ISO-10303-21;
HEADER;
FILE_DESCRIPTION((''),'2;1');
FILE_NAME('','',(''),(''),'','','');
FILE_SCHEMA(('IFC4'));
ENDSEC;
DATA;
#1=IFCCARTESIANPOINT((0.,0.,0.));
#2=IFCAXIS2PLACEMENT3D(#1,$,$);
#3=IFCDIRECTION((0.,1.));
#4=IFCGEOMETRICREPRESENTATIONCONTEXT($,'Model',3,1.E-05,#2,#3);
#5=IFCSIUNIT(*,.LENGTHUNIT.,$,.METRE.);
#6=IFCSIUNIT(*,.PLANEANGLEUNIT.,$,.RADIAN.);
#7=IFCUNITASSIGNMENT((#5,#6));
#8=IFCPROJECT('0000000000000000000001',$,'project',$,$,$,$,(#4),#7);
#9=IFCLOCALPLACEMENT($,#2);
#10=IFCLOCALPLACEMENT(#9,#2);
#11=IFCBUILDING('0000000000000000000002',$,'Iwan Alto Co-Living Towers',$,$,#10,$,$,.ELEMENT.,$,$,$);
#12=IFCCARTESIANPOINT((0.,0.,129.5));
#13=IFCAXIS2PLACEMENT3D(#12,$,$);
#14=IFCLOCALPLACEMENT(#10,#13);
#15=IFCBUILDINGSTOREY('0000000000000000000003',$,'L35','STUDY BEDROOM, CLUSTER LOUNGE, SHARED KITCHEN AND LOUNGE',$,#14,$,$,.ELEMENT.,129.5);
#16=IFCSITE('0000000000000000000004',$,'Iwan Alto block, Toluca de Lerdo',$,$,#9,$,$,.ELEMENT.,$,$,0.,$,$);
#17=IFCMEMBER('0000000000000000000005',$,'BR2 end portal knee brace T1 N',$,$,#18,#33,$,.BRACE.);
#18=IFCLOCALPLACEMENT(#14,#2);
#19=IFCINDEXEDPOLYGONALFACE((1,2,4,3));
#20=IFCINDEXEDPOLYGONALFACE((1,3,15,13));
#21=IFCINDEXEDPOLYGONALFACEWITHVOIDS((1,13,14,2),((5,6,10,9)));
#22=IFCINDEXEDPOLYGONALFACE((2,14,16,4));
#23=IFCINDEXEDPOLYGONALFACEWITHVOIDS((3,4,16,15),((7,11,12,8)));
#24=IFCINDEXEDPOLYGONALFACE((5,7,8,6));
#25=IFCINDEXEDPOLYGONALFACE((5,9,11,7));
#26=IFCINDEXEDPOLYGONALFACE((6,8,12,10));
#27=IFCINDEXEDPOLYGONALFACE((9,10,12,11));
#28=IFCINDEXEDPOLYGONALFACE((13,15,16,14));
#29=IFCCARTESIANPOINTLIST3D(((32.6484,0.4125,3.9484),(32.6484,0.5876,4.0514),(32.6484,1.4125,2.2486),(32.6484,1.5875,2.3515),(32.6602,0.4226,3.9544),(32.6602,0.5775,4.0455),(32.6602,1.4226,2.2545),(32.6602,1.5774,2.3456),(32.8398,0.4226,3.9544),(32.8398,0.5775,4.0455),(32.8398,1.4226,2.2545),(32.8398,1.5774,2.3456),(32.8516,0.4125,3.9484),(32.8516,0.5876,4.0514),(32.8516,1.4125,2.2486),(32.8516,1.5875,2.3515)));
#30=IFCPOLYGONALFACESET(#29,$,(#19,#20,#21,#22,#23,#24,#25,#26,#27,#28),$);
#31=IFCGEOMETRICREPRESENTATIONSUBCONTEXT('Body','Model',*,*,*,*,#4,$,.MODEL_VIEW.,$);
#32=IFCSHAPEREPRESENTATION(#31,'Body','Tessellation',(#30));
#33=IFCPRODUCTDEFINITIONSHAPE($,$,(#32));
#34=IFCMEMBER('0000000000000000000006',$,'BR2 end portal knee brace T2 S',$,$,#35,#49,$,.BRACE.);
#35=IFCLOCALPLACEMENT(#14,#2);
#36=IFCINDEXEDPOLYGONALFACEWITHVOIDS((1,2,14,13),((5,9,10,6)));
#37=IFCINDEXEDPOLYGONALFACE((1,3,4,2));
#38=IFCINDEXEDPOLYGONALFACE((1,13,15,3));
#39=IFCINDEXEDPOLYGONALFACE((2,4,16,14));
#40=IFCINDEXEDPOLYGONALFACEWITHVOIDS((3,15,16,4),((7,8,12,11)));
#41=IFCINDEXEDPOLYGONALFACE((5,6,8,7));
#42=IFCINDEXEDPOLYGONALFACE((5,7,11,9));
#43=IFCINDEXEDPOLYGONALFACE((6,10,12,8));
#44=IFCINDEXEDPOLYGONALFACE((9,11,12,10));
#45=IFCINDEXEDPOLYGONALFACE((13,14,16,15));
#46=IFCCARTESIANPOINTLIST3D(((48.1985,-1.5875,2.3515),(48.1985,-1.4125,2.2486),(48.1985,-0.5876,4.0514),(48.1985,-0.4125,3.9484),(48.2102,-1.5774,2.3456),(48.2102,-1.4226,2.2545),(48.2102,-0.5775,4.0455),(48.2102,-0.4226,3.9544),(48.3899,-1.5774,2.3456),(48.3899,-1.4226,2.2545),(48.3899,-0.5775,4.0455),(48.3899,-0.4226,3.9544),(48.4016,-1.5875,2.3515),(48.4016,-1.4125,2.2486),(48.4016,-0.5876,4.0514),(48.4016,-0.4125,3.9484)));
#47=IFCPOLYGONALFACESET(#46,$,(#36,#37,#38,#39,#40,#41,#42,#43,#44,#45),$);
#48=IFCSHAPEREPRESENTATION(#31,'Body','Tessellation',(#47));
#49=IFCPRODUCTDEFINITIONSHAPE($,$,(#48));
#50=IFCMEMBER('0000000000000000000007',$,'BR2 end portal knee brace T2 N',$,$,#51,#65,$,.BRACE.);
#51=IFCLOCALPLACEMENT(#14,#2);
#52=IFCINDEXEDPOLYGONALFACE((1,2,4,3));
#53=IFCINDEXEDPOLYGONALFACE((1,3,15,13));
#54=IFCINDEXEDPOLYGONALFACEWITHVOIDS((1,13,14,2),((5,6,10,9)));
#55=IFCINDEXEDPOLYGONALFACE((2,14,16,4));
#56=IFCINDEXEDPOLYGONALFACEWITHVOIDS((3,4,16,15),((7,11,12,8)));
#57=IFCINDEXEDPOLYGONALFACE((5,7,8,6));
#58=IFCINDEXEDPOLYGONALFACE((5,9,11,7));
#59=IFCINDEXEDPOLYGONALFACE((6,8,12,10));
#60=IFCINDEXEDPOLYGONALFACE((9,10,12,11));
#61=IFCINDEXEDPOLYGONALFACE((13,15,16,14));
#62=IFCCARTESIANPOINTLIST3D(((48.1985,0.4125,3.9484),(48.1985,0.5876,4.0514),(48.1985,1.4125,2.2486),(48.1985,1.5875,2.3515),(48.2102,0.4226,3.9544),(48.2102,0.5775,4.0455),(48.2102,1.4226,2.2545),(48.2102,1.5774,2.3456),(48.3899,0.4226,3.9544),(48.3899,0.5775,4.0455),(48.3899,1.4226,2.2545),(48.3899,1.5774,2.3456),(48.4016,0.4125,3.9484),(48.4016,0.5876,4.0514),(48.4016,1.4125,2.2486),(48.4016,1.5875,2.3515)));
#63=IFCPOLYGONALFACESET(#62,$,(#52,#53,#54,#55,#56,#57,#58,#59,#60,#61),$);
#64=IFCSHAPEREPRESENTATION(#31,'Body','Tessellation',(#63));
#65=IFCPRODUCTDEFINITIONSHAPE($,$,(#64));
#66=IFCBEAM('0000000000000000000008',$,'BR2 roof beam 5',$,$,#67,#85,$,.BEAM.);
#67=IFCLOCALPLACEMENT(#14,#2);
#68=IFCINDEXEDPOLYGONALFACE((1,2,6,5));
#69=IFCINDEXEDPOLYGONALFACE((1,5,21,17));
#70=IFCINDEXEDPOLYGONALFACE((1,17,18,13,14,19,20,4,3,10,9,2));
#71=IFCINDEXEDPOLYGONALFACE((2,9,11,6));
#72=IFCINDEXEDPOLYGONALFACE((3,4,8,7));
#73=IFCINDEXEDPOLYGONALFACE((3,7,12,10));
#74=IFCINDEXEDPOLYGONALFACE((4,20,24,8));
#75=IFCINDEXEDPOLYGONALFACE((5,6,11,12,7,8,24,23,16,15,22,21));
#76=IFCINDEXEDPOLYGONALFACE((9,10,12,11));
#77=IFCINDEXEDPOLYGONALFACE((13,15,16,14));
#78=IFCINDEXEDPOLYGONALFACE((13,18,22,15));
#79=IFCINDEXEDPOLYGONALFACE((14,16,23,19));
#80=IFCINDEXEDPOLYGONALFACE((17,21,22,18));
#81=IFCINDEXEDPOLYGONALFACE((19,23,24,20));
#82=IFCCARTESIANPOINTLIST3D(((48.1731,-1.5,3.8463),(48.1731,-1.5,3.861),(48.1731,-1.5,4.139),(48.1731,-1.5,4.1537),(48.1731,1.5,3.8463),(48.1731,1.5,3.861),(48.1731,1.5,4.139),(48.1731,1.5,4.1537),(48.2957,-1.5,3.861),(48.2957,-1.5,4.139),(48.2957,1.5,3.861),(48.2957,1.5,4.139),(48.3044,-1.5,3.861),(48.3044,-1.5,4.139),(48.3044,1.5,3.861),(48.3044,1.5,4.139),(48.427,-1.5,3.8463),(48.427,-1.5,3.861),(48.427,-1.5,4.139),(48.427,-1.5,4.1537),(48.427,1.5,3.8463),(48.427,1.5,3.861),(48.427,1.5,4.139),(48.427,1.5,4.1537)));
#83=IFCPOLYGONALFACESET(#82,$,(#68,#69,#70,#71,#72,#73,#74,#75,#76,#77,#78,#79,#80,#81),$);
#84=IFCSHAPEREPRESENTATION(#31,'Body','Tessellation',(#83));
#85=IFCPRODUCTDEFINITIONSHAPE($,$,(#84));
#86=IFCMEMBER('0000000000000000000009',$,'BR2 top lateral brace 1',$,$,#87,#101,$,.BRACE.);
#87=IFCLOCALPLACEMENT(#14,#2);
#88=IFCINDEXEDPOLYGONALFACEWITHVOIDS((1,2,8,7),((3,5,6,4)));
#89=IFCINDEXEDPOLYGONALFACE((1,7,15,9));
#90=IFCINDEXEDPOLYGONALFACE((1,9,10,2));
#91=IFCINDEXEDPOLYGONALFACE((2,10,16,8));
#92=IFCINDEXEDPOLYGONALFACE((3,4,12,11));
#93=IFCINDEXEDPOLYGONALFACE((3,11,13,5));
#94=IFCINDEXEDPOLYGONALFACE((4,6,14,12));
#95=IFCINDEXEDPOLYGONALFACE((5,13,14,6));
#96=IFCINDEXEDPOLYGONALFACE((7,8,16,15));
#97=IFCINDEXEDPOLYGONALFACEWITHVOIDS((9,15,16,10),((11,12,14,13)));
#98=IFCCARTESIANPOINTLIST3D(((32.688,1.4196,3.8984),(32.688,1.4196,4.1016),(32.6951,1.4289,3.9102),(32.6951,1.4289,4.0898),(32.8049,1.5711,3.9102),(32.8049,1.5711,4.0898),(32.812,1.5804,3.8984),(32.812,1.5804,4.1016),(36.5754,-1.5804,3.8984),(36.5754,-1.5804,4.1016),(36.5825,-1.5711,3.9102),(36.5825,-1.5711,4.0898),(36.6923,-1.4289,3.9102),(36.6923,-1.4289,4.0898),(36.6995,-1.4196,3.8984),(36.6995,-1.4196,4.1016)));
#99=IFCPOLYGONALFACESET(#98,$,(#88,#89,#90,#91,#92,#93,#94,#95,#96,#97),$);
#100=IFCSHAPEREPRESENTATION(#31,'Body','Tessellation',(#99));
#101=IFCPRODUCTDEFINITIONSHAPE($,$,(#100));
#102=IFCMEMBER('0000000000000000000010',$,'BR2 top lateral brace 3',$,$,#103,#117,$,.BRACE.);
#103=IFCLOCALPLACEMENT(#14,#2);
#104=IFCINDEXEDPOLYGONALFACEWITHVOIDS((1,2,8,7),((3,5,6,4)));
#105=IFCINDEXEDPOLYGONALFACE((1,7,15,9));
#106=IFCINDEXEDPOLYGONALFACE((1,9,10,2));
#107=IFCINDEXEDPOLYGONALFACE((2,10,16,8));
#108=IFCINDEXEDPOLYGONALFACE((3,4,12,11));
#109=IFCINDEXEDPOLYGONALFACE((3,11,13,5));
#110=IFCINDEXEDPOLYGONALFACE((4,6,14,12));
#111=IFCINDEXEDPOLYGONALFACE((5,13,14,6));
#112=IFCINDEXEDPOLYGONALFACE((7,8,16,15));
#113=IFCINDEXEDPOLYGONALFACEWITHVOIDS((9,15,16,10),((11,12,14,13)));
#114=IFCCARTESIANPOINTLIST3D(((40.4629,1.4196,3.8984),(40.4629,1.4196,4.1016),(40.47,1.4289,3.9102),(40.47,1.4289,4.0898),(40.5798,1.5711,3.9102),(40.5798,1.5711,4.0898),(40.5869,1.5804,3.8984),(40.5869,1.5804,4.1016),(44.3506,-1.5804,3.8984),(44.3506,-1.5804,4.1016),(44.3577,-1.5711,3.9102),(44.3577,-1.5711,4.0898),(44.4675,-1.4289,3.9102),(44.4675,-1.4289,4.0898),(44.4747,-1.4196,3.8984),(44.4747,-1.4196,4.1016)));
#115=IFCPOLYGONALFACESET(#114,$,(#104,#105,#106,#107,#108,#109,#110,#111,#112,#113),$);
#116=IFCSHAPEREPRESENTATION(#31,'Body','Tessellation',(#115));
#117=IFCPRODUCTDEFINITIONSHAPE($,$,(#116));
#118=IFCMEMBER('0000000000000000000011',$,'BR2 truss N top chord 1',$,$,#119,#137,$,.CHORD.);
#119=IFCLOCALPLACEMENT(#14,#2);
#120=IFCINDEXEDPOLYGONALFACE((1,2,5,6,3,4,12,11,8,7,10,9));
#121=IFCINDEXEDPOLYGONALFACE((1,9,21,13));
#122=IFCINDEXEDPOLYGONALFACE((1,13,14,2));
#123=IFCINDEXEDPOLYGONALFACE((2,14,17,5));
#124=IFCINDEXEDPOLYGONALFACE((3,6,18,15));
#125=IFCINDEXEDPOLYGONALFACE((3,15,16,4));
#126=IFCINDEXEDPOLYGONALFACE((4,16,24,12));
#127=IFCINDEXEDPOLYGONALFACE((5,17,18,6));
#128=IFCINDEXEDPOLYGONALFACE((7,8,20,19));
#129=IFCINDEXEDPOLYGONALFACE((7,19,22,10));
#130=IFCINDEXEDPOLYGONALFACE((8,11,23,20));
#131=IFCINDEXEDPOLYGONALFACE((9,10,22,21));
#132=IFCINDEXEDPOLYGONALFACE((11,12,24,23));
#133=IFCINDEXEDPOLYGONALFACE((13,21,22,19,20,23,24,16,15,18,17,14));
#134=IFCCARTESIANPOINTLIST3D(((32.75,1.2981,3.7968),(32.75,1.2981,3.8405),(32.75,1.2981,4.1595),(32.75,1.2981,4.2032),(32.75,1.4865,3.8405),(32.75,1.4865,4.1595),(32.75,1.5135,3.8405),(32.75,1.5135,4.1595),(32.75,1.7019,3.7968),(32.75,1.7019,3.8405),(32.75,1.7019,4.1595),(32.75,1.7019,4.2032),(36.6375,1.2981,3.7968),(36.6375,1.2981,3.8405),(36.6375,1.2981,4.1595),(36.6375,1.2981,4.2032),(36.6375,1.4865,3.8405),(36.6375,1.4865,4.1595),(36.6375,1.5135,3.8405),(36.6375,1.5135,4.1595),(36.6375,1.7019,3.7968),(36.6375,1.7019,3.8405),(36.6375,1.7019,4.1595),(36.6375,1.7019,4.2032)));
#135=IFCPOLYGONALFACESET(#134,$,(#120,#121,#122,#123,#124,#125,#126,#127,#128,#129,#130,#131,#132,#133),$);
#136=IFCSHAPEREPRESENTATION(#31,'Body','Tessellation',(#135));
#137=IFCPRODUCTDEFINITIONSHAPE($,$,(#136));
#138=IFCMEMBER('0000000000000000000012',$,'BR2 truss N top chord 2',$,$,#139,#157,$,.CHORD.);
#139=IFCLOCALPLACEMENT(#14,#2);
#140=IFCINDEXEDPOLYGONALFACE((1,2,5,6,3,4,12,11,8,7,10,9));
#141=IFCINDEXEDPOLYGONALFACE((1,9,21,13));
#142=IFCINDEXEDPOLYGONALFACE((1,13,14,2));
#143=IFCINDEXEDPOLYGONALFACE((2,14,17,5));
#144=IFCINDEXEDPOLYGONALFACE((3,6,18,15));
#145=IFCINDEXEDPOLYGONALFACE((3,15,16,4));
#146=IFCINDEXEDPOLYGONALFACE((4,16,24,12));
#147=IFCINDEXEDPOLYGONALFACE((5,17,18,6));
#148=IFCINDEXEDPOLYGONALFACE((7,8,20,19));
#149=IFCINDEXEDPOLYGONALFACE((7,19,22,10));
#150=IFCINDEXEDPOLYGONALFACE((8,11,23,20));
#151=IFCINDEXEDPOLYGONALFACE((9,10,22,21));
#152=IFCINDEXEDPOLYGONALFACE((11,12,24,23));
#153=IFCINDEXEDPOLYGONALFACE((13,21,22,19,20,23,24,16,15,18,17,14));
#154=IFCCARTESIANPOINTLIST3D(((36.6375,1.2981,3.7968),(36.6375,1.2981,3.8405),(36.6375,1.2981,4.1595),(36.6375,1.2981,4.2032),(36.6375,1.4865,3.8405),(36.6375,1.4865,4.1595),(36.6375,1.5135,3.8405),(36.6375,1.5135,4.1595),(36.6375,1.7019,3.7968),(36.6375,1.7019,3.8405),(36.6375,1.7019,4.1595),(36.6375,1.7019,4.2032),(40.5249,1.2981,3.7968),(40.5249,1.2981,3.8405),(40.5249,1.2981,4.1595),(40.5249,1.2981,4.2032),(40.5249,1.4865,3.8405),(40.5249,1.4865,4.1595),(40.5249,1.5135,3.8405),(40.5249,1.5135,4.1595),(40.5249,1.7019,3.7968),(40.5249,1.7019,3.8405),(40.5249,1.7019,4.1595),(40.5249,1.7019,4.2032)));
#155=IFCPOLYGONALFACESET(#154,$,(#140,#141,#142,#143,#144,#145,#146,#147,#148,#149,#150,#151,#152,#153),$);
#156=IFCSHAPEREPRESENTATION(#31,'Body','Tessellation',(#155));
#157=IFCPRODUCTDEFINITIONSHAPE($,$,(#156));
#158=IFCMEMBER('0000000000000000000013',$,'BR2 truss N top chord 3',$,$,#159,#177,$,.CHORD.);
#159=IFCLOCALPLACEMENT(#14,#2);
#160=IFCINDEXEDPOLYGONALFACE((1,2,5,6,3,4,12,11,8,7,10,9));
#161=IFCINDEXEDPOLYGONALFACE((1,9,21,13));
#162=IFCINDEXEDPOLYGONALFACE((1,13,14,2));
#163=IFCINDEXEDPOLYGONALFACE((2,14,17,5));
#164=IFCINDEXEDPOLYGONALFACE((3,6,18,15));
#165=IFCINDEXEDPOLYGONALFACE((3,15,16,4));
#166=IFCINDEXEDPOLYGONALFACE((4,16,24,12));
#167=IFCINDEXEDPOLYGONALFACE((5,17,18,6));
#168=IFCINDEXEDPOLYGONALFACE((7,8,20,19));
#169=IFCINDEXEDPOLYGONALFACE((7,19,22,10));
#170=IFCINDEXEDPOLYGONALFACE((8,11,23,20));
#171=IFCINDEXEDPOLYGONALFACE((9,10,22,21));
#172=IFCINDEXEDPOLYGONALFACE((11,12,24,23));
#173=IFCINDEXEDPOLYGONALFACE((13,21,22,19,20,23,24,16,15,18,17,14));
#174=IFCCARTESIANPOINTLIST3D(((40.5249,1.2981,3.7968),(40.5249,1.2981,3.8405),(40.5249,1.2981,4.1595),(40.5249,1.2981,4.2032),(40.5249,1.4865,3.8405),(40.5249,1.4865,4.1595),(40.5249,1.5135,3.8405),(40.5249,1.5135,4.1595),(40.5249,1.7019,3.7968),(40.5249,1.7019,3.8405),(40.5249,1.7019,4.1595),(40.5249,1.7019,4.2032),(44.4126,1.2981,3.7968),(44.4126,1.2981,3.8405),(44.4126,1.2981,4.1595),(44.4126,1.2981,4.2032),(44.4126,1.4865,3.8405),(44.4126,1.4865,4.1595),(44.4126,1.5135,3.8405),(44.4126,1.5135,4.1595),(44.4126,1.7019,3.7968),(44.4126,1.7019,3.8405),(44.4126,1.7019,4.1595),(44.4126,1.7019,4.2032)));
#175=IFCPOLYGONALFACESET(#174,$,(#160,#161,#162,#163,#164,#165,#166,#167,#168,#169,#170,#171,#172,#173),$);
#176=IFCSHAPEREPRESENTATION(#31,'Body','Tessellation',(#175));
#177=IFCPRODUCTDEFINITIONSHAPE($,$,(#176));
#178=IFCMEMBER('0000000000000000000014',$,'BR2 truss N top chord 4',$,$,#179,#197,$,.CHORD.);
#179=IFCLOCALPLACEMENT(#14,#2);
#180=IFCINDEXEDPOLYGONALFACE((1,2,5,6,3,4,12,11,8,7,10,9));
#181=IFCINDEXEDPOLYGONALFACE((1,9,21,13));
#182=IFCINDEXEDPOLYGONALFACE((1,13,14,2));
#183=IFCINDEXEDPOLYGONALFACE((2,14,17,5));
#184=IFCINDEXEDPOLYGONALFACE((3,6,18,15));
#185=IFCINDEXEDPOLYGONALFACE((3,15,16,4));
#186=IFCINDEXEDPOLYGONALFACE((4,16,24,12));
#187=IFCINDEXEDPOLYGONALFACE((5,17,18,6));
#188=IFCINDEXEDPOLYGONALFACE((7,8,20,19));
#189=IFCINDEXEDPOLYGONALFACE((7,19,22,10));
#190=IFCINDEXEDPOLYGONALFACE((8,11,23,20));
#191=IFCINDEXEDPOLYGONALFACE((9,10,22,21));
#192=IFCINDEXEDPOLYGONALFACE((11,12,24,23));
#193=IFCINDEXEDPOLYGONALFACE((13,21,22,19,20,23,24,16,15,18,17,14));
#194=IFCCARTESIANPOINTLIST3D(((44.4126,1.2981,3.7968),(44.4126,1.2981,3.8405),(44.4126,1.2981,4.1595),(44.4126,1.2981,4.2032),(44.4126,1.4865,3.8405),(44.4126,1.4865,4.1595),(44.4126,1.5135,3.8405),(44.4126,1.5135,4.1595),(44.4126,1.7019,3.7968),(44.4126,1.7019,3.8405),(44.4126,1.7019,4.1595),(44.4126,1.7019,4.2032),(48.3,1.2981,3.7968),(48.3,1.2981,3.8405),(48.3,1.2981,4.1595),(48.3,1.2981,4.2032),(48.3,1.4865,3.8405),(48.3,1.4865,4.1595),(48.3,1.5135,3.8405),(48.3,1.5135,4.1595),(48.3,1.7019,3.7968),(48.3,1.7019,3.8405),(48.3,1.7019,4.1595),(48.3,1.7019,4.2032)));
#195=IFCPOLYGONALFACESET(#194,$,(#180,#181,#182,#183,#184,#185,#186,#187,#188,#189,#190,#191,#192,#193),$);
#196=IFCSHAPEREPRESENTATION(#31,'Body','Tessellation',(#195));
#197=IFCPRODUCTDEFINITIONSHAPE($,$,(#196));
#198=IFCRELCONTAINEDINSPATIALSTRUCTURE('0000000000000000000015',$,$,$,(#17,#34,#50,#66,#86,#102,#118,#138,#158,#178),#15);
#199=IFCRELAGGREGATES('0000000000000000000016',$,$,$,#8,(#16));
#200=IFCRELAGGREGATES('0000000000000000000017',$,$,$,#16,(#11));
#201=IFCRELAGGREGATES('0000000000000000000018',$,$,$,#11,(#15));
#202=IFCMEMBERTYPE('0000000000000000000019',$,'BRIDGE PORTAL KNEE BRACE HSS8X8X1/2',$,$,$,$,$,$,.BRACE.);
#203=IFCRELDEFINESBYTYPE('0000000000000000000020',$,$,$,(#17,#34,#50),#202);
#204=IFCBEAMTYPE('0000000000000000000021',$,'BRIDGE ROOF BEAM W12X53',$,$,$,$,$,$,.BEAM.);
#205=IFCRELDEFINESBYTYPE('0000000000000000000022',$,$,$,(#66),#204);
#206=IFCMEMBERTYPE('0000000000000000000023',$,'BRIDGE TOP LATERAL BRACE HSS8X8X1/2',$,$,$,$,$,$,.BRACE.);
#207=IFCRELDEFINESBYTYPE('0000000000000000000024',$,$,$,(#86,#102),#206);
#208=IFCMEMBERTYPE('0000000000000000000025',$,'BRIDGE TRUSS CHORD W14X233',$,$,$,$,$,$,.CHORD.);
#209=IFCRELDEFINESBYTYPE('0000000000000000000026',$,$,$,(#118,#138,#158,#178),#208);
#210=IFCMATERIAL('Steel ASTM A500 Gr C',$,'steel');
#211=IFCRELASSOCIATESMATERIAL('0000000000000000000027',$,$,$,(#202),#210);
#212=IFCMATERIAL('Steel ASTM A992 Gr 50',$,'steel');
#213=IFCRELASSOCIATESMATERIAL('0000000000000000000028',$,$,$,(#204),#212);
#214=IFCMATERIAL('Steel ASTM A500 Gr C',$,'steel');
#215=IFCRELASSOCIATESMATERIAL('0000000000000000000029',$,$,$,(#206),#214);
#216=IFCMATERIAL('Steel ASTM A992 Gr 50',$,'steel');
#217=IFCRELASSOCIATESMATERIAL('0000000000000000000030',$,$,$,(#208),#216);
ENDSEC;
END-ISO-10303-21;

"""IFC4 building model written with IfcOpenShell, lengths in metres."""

from ifc_helpers import new_model, si_unit, direction, frame, origin, origin_2d, place, context, subcontext, project, spatial, hollow_rectangle, i_section, extrude, material, material_profile, profile_set, type_object, element, save


model = new_model("IFC4")

# Units and contexts
model_context = context("Model", 3, precision=1e-05, world=origin(), true_north=direction((0.0, 1.0)))
body_context = subcontext(model_context, "Body", "Model", "MODEL_VIEW")
ifc_project = project(units=[si_unit("LENGTHUNIT", "METRE"), si_unit("PLANEANGLEUNIT", "RADIAN")], contexts=[model_context])

# Site, building, storey
site_placement = place(None, origin())
site = spatial("IfcSite", under=ifc_project, at=site_placement, Name="Iwan Alto block, Toluca de Lerdo", CompositionType="ELEMENT", RefElevation=0.0)
building_placement = place(site_placement, origin())
building = spatial("IfcBuilding", under=site, at=building_placement, Name="Iwan Alto Co-Living Towers", CompositionType="ELEMENT")
storey_placement = place(building_placement, frame((0.0, 0.0, 129.5)))
storey = spatial("IfcBuildingStorey", under=building, at=storey_placement, Name="L35", Description="STUDY BEDROOM, CLUSTER LOUNGE, SHARED KITCHEN AND LOUNGE", CompositionType="ELEMENT", Elevation=129.5)

# Members
ifc_material_1 = material(Name="Steel ASTM A500 Gr C", Category="steel")
ifc_material_profile_1 = material_profile(ifc_material_1, hollow_rectangle(XDim=0.2031, YDim=0.2031, WallThickness=0.0117, at=origin_2d()), Name="HSS8X8X1/2")
ifc_profile_set_1 = profile_set([ifc_material_profile_1], Name="Steel ASTM A500 Gr C")
member_type_1 = type_object("IfcMemberType", Name="BRIDGE PORTAL KNEE BRACE HSS8X8X1/2", PredefinedType="BRACE", material=ifc_profile_set_1)
for number, where, z_axis, x_axis, name in (
    (1, (32.75, 1.5, 2.3), (0.0, -0.507031, 0.861928), (1.0, 0.0, 0.0), "BR2 end portal knee brace T1 N"),
    (2, (48.3, -1.5, 2.3), (0.0, 0.507031, 0.861928), (-1.0, 0.0, 0.0), "BR2 end portal knee brace T2 S"),
    (3, (48.3, 1.5, 2.3), (0.0, -0.507031, 0.861928), (1.0, 0.0, 0.0), "BR2 end portal knee brace T2 N"),
):
    element("IfcMember", number, at=place(storey_placement, frame(where, z_axis=z_axis, x_axis=x_axis)), inside=storey, type_object=member_type_1, Name=name, PredefinedType="BRACE", context=body_context, shape_type="SweptSolid", body=[
        extrude(hollow_rectangle(XDim=0.2031, YDim=0.2031, WallThickness=0.0117, at=origin_2d()), origin(), (0.0, 0.0, 1.0), 1.9722),
    ])

# Beam
ifc_material_2 = material(Name="Steel ASTM A992 Gr 50", Category="steel")
ifc_material_profile_2 = material_profile(ifc_material_2, i_section(OverallWidth=0.2539, OverallDepth=0.3074, WebThickness=0.0088, FlangeThickness=0.0146, at=origin_2d()), Name="W12X53")
ifc_profile_set_2 = profile_set([ifc_material_profile_2], Name="Steel ASTM A992 Gr 50")
beam_type = type_object("IfcBeamType", Name="BRIDGE ROOF BEAM W12X53", PredefinedType="BEAM", material=ifc_profile_set_2)
beam_placement = place(storey_placement, frame((48.3, -1.5, 4.0), z_axis=(0.0, 1.0, 0.0), x_axis=(-1.0, 0.0, 0.0)))
element("IfcBeam", 4, at=beam_placement, inside=storey, type_object=beam_type, Name="BR2 roof beam 5", PredefinedType="BEAM", context=body_context, shape_type="SweptSolid", body=[
    extrude(i_section(OverallWidth=0.2539, OverallDepth=0.3074, WebThickness=0.0088, FlangeThickness=0.0146, at=origin_2d()), origin(), (0.0, 0.0, 1.0), 3.0),
])

# Members
ifc_material_3 = material(Name="Steel ASTM A500 Gr C", Category="steel")
ifc_material_profile_3 = material_profile(ifc_material_3, hollow_rectangle(XDim=0.2031, YDim=0.2031, WallThickness=0.0117, at=origin_2d()), Name="HSS8X8X1/2")
ifc_profile_set_3 = profile_set([ifc_material_profile_3], Name="Steel ASTM A500 Gr C")
member_type_2 = type_object("IfcMemberType", Name="BRIDGE TOP LATERAL BRACE HSS8X8X1/2", PredefinedType="BRACE", material=ifc_profile_set_3)
member_1_placement = place(storey_placement, frame((32.75, 1.5, 4.0), z_axis=(0.791673, -0.610945, 0.0), x_axis=(0.610945, 0.791673, 0.0)))
element("IfcMember", 5, at=member_1_placement, inside=storey, type_object=member_type_2, Name="BR2 top lateral brace 1", PredefinedType="BRACE", context=body_context, shape_type="SweptSolid", body=[
    extrude(hollow_rectangle(XDim=0.2031, YDim=0.2031, WallThickness=0.0117, at=origin_2d()), origin(), (0.0, 0.0, 1.0), 4.9104),
])
member_2_placement = place(storey_placement, frame((40.5249, 1.5, 4.0), z_axis=(0.791692, -0.610921, 0.0), x_axis=(0.610921, 0.791692, 0.0)))
element("IfcMember", 6, at=member_2_placement, inside=storey, type_object=member_type_2, Name="BR2 top lateral brace 3", PredefinedType="BRACE", context=body_context, shape_type="SweptSolid", body=[
    extrude(hollow_rectangle(XDim=0.2031, YDim=0.2031, WallThickness=0.0117, at=origin_2d()), origin(), (0.0, 0.0, 1.0), 4.9106),
])
ifc_material_4 = material(Name="Steel ASTM A992 Gr 50", Category="steel")
ifc_material_profile_4 = material_profile(ifc_material_4, i_section(OverallWidth=0.4038, OverallDepth=0.4065, WebThickness=0.0271, FlangeThickness=0.0437, at=origin_2d()), Name="W14X233")
ifc_profile_set_4 = profile_set([ifc_material_profile_4], Name="Steel ASTM A992 Gr 50")
member_type_3 = type_object("IfcMemberType", Name="BRIDGE TRUSS CHORD W14X233", PredefinedType="CHORD", material=ifc_profile_set_4)
for number, where, z_axis, x_axis, name in (
    (7, (32.75, 1.5, 4.0), (1.0, 0.0, 0.0), (0.0, 1.0, 0.0), "BR2 truss N top chord 1"),
    (8, (36.6375, 1.5, 4.0), (1.0, 0.0, 0.0), (0.0, 1.0, 0.0), "BR2 truss N top chord 2"),
):
    element("IfcMember", number, at=place(storey_placement, frame(where, z_axis=z_axis, x_axis=x_axis)), inside=storey, type_object=member_type_3, Name=name, PredefinedType="CHORD", context=body_context, shape_type="SweptSolid", body=[
        extrude(i_section(OverallWidth=0.4038, OverallDepth=0.4065, WebThickness=0.0271, FlangeThickness=0.0437, at=origin_2d()), origin(), (0.0, 0.0, 1.0), 3.8875),
    ])
member_3_placement = place(storey_placement, frame((40.5249, 1.5, 4.0), z_axis=(1.0, 0.0, 0.0), x_axis=(0.0, 1.0, 0.0)))
element("IfcMember", 9, at=member_3_placement, inside=storey, type_object=member_type_3, Name="BR2 truss N top chord 3", PredefinedType="CHORD", context=body_context, shape_type="SweptSolid", body=[
    extrude(i_section(OverallWidth=0.4038, OverallDepth=0.4065, WebThickness=0.0271, FlangeThickness=0.0437, at=origin_2d()), origin(), (0.0, 0.0, 1.0), 3.8877),
])
member_4_placement = place(storey_placement, frame((44.4126, 1.5, 4.0), z_axis=(1.0, 0.0, 0.0), x_axis=(0.0, 1.0, 0.0)))
element("IfcMember", 10, at=member_4_placement, inside=storey, type_object=member_type_3, Name="BR2 truss N top chord 4", PredefinedType="CHORD", context=body_context, shape_type="SweptSolid", body=[
    extrude(i_section(OverallWidth=0.4038, OverallDepth=0.4065, WebThickness=0.0271, FlangeThickness=0.0437, at=origin_2d()), origin(), (0.0, 0.0, 1.0), 3.8875),
])

save(model, "model.ifc")
